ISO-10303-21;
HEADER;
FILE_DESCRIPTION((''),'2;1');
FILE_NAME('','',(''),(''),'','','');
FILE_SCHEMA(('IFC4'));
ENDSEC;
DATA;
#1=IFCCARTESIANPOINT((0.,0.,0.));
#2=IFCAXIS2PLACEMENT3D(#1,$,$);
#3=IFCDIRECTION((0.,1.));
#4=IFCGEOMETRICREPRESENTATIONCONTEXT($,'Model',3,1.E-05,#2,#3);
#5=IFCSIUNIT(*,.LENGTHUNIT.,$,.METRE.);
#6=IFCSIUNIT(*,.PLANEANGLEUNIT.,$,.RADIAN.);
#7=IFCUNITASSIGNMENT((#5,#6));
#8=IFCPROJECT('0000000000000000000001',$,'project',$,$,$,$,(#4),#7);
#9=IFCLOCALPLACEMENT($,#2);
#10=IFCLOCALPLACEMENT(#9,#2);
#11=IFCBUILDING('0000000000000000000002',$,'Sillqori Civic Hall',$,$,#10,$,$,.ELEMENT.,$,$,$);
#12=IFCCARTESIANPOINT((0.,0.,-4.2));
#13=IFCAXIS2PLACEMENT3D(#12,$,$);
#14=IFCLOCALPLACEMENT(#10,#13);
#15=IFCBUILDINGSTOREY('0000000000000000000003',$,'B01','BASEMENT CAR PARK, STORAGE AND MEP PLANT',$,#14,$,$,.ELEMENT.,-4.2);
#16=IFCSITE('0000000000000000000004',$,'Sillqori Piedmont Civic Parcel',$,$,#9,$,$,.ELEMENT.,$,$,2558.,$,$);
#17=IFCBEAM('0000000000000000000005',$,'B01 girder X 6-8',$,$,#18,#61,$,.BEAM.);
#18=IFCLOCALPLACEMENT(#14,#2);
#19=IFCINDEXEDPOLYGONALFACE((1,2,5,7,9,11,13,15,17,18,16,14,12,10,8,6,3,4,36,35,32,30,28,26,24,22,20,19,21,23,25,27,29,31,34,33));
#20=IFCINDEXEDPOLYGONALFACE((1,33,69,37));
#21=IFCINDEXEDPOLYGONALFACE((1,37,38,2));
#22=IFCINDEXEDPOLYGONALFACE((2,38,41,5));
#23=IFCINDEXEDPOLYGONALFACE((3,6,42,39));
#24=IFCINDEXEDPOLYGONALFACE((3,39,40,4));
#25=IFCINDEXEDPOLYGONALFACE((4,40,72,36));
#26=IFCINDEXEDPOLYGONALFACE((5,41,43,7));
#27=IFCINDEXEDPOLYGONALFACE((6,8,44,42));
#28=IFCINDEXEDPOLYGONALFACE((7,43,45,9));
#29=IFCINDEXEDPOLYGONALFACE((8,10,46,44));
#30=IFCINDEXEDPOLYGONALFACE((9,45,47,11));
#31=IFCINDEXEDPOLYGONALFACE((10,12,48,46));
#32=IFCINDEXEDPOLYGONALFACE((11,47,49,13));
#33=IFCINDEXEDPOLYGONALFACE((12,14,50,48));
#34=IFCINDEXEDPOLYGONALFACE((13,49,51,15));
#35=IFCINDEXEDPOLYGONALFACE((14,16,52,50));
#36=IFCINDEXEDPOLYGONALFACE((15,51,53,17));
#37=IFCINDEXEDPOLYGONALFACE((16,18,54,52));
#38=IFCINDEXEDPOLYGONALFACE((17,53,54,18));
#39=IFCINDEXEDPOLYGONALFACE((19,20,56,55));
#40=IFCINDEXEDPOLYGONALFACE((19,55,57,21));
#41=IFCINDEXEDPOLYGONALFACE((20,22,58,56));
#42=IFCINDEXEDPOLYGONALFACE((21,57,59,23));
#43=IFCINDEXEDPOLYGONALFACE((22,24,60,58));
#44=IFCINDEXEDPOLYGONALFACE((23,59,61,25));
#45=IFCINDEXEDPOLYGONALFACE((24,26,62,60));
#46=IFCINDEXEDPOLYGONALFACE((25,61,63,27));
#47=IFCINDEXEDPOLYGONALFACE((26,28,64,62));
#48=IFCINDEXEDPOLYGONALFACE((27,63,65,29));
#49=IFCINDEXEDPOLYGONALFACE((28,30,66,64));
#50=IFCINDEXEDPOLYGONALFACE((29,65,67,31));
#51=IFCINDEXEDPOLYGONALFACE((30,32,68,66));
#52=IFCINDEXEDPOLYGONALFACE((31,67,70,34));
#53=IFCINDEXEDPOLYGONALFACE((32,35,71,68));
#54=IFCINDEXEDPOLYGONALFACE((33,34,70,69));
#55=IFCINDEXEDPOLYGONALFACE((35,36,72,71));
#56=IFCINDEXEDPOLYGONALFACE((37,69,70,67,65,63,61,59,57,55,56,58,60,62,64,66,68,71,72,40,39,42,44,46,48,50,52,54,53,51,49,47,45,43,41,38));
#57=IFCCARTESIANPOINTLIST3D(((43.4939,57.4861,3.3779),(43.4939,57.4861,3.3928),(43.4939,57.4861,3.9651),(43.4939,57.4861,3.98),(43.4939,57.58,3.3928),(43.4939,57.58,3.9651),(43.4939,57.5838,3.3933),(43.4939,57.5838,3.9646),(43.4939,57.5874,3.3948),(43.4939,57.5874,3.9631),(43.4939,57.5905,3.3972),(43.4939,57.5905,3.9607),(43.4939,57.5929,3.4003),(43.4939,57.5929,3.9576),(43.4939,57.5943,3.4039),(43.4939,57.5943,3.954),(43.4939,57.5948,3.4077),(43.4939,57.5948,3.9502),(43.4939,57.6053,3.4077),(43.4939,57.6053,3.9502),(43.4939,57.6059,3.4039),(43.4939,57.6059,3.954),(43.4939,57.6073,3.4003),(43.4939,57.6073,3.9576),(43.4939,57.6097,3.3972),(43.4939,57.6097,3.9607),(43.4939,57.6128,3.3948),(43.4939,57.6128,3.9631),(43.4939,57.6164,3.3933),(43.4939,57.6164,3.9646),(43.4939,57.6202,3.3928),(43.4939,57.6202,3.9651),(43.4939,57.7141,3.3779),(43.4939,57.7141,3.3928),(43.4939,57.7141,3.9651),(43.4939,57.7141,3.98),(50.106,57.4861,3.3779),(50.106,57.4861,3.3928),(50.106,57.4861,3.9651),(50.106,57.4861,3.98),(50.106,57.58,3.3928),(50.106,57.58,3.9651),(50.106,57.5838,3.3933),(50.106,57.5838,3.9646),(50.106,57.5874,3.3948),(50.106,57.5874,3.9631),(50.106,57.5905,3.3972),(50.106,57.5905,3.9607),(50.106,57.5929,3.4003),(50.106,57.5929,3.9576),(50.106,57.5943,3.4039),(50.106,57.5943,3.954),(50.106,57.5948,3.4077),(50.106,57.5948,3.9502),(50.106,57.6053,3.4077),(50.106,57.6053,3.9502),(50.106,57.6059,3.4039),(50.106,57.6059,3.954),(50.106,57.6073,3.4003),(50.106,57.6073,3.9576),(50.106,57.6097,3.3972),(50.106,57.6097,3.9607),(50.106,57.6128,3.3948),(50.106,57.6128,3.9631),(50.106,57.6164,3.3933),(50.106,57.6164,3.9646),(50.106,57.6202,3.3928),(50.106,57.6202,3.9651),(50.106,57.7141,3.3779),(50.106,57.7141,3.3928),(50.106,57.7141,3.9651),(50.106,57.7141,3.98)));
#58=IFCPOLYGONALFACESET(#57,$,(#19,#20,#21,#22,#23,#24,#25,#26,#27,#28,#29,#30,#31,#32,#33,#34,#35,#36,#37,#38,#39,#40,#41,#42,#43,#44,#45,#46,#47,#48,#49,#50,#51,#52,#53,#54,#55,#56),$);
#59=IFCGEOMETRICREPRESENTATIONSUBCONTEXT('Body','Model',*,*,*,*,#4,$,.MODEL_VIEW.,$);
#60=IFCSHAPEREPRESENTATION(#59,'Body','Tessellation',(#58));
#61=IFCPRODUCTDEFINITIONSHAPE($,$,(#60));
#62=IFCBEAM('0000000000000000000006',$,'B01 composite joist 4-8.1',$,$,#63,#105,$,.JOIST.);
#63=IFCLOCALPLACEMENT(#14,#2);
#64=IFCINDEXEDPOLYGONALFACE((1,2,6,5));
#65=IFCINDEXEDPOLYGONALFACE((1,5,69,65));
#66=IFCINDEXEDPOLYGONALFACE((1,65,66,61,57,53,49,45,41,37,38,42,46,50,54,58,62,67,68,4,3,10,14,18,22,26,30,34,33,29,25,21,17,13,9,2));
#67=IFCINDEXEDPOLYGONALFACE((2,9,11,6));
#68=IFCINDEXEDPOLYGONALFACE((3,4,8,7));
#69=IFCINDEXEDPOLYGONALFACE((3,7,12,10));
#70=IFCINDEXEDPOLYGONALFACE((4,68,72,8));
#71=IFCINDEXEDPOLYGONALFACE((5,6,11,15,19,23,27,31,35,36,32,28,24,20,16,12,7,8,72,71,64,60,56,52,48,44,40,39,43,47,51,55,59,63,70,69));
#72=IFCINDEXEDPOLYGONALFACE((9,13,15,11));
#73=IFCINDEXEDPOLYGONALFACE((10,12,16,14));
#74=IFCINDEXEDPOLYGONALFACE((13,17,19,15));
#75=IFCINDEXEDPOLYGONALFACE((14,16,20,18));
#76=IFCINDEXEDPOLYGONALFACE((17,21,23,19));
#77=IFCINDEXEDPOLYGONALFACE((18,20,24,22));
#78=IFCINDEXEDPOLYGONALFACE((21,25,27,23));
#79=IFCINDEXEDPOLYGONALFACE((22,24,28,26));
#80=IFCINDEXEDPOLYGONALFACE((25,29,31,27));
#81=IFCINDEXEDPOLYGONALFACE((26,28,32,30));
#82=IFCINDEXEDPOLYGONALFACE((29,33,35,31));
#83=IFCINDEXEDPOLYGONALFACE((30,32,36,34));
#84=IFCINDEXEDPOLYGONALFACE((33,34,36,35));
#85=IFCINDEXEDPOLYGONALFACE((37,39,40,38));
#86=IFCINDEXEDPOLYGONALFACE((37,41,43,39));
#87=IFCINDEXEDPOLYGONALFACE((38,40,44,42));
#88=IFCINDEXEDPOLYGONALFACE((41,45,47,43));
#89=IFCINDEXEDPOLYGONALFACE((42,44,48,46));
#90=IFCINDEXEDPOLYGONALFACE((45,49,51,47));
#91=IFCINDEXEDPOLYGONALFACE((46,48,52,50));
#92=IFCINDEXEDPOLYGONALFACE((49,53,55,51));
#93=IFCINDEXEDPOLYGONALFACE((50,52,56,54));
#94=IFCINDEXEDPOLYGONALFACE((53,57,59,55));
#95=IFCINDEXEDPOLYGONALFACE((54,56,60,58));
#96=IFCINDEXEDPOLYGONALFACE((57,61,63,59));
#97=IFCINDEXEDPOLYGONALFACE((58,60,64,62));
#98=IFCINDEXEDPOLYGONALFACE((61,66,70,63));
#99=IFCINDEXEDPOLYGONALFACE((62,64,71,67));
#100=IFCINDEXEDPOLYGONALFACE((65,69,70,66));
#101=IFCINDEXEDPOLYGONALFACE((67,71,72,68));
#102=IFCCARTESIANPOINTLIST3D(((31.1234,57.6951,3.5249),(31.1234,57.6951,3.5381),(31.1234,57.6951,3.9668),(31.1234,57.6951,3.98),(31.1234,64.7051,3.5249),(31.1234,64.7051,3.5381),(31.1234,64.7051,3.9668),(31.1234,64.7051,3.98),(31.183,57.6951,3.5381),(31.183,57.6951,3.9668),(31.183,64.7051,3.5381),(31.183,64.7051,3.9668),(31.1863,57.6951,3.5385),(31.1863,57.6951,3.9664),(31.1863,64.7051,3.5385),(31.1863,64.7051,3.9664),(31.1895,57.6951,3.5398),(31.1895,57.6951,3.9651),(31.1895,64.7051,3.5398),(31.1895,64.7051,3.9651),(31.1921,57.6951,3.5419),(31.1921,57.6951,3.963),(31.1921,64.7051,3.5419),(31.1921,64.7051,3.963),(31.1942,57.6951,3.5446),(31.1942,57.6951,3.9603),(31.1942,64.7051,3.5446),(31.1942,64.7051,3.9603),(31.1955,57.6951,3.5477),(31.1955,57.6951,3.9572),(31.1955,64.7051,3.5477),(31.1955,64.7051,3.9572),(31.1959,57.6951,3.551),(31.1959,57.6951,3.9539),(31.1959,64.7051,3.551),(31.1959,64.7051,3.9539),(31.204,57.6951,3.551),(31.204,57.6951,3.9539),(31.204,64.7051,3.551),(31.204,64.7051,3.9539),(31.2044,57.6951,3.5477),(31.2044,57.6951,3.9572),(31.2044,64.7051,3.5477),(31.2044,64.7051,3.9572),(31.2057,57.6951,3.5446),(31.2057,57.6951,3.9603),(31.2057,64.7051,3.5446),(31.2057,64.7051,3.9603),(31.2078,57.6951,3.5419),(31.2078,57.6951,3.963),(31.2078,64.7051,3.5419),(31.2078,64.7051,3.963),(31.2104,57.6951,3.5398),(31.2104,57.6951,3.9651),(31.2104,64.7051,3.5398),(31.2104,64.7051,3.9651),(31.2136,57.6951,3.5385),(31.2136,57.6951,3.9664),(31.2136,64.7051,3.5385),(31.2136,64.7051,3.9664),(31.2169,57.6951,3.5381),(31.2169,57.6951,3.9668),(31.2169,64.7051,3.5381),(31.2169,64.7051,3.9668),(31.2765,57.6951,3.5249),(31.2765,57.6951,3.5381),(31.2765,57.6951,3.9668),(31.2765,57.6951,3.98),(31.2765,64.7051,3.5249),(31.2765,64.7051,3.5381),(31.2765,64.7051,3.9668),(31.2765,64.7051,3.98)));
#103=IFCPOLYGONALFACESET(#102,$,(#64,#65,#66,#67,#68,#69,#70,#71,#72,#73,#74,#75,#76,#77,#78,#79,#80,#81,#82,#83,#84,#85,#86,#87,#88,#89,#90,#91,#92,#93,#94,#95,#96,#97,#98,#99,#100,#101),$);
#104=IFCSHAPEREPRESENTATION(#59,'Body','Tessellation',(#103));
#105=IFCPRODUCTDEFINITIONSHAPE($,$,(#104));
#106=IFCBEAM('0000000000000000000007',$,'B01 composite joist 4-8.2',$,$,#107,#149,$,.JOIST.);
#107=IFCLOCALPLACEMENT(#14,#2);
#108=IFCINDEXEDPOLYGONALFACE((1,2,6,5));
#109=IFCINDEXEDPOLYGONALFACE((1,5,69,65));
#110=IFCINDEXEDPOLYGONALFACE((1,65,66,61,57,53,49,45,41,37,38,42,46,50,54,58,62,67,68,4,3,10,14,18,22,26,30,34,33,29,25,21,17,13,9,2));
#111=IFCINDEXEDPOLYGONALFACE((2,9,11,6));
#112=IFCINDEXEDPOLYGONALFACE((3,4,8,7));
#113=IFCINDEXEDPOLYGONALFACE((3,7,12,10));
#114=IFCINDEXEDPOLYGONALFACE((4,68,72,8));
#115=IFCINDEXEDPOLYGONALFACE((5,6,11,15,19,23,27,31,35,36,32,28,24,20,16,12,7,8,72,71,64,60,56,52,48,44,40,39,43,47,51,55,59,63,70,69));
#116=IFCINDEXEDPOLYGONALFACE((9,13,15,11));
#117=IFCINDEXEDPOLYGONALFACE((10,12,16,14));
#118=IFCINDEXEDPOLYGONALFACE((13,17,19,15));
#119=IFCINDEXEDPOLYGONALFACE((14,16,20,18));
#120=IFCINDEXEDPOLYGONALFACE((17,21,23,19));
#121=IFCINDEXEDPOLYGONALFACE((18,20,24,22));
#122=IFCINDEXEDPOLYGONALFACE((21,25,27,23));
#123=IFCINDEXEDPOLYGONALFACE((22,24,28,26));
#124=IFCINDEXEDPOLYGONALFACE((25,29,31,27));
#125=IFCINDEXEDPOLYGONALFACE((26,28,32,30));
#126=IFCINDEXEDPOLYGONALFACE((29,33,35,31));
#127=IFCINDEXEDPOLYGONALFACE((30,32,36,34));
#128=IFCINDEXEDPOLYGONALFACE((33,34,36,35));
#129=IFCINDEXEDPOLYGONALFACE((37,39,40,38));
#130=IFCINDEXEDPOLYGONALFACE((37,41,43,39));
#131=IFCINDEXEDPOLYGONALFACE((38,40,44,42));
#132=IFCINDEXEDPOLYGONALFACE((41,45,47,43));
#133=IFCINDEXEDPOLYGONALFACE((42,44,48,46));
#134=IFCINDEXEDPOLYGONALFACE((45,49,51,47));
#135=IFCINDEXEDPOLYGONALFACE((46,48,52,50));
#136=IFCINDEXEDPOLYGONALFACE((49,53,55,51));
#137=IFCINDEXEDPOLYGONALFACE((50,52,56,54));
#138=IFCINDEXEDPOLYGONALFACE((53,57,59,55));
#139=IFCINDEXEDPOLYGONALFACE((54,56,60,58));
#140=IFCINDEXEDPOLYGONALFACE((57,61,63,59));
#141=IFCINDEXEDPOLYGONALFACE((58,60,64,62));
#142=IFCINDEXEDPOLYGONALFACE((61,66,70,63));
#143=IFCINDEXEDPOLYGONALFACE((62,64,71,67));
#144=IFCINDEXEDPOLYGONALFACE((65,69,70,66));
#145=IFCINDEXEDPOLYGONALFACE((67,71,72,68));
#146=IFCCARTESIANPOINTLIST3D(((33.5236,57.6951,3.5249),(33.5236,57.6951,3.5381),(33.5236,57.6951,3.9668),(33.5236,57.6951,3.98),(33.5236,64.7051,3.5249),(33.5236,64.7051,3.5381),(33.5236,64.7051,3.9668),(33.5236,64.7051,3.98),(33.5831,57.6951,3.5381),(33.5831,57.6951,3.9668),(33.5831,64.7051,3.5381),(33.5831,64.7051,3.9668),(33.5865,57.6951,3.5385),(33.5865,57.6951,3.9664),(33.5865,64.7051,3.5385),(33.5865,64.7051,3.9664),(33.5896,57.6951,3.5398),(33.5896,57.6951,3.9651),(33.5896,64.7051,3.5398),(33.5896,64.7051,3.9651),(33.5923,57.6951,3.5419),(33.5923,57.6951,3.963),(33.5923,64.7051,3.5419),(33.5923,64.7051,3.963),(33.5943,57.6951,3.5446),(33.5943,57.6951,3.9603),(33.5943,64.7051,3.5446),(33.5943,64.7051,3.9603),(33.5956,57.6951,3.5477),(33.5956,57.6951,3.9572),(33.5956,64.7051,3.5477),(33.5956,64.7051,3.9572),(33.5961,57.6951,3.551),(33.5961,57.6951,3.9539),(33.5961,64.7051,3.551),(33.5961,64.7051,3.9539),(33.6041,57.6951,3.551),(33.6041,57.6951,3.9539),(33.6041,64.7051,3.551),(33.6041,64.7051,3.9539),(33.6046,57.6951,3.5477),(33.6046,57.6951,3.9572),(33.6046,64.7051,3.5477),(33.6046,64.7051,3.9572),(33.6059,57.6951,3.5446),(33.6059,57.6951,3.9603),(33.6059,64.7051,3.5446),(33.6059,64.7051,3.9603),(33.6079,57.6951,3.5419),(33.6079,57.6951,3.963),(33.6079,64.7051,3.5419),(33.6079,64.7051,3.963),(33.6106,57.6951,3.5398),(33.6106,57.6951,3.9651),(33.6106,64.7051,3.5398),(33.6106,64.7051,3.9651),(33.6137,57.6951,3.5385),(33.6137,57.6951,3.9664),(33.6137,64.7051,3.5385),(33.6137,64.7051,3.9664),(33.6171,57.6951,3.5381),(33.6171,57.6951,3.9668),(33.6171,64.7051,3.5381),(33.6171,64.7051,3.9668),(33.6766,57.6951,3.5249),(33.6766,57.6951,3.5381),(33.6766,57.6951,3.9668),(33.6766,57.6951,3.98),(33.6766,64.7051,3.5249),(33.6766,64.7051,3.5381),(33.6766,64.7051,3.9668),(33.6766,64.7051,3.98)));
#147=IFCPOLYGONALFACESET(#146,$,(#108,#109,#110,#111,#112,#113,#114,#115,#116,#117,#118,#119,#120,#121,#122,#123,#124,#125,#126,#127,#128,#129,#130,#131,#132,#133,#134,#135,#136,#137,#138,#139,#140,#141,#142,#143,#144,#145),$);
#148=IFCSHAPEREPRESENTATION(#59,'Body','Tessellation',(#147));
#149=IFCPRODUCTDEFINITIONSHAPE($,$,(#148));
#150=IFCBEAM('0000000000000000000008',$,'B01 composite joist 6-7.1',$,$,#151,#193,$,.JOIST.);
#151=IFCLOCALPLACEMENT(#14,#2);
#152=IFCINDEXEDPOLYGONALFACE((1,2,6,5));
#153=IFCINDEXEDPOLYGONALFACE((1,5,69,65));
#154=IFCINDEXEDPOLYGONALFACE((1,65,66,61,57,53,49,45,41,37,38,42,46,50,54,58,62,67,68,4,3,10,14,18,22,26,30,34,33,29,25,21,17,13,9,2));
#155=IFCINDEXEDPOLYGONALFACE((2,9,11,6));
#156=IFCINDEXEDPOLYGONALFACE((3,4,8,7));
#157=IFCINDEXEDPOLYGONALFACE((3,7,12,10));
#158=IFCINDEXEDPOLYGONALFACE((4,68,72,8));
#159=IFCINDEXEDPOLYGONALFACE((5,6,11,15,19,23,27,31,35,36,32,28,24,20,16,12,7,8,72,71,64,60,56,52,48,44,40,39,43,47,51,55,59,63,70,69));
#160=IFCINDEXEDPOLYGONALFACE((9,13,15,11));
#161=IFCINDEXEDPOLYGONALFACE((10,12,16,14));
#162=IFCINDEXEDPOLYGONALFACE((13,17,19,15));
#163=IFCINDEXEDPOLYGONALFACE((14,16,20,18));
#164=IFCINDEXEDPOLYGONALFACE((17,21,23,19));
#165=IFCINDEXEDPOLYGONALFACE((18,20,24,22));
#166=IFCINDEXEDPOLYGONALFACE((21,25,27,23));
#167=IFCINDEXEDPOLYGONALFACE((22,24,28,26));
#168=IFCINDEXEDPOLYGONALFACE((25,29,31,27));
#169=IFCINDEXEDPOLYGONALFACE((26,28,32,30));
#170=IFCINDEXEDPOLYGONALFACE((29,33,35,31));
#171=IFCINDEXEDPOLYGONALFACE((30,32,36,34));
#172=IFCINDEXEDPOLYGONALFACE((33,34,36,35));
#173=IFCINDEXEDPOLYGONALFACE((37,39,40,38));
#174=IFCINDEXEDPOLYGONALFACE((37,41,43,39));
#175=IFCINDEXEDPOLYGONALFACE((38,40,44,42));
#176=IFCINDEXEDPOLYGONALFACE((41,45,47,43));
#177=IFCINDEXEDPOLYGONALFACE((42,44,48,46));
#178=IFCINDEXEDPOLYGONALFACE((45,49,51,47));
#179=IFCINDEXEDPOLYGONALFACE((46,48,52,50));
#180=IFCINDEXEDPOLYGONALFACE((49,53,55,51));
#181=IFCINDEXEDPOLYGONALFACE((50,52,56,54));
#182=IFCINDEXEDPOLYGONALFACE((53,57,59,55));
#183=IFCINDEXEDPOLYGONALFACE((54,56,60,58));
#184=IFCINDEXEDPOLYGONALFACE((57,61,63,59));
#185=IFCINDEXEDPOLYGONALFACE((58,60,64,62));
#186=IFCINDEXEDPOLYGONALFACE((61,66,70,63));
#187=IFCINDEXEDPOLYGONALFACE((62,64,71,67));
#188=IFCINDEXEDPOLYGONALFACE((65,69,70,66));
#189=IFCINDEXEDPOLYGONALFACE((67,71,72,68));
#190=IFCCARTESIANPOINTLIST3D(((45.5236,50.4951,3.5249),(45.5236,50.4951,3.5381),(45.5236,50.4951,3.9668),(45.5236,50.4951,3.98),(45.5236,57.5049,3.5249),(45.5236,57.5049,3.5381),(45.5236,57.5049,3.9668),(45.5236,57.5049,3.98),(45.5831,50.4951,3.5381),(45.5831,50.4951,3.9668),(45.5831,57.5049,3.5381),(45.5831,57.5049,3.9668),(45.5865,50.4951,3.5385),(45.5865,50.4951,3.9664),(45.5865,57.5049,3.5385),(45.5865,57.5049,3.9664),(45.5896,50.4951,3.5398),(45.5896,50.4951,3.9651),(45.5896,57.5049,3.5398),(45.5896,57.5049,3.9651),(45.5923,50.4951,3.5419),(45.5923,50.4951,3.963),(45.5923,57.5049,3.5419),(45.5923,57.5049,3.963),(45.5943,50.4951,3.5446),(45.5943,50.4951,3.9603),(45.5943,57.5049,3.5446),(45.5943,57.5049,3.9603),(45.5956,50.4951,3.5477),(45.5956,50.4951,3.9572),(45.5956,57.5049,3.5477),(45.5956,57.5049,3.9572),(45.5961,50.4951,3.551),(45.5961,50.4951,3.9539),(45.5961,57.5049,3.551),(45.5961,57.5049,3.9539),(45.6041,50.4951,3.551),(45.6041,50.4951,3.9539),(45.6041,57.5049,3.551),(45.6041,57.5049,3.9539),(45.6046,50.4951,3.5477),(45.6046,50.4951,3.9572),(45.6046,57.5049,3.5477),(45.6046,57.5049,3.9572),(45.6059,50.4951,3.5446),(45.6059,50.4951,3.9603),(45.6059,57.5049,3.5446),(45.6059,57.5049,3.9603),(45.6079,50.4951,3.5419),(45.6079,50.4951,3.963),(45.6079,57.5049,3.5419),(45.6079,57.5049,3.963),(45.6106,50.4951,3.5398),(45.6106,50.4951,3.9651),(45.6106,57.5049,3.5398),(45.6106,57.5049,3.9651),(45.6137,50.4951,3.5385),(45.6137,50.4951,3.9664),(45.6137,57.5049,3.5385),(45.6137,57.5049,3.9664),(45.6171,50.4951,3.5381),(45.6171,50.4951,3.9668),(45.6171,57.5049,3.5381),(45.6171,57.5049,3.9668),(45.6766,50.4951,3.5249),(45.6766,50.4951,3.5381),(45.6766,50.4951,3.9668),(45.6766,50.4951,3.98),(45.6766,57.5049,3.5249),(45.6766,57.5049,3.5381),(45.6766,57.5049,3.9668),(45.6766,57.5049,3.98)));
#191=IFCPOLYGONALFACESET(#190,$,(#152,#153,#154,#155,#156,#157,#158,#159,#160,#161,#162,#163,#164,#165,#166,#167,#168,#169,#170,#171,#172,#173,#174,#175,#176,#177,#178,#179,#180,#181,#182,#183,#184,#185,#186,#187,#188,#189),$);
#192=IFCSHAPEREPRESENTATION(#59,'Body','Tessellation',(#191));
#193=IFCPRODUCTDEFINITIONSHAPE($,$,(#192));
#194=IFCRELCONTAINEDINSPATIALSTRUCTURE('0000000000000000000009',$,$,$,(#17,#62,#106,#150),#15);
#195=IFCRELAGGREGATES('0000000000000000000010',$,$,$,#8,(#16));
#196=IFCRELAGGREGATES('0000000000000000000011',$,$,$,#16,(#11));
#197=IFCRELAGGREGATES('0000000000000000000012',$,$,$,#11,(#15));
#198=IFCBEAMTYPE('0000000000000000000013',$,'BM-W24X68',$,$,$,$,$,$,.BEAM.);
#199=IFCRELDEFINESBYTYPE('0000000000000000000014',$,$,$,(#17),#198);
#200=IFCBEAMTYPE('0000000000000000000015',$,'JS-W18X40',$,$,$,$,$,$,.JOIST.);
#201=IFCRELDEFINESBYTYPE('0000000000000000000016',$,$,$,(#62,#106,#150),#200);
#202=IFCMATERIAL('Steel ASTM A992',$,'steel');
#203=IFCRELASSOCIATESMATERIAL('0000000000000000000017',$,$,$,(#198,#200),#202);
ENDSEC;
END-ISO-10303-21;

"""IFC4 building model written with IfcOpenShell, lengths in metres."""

from ifc_helpers import new_model, si_unit, direction, frame, origin, origin_2d, place, context, subcontext, project, spatial, i_section, extrude, material, material_profile, profile_set, type_object, element, save


model = new_model("IFC4")

# Units and contexts
model_context = context("Model", 3, precision=1e-05, world=origin(), true_north=direction((0.0, 1.0)))
body_context = subcontext(model_context, "Body", "Model", "MODEL_VIEW")
ifc_project = project(units=[si_unit("LENGTHUNIT", "METRE"), si_unit("PLANEANGLEUNIT", "RADIAN")], contexts=[model_context])

# Site, building, storey
site_placement = place(None, origin())
site = spatial("IfcSite", under=ifc_project, at=site_placement, Name="Sillqori Piedmont Civic Parcel", CompositionType="ELEMENT", RefElevation=2558.0)
building_placement = place(site_placement, origin())
building = spatial("IfcBuilding", under=site, at=building_placement, Name="Sillqori Civic Hall", CompositionType="ELEMENT")
storey_placement = place(building_placement, frame((0.0, 0.0, -4.2)))
storey = spatial("IfcBuildingStorey", under=building, at=storey_placement, Name="B01", Description="BASEMENT CAR PARK, STORAGE AND MEP PLANT", CompositionType="ELEMENT", Elevation=-4.2)

# Beams
ifc_material_1 = material(Name="Steel ASTM A992", Category="steel")
ifc_material_profile_1 = material_profile(ifc_material_1, i_section(OverallWidth=0.228, OverallDepth=0.6021, WebThickness=0.0105, FlangeThickness=0.0149, FilletRadius=0.0149, at=origin_2d()), Name="W24X68")
ifc_profile_set_1 = profile_set([ifc_material_profile_1], Name="Steel ASTM A992")
beam_type_1 = type_object("IfcBeamType", Name="BM-W24X68", PredefinedType="BEAM", material=ifc_profile_set_1)
beam_1_placement = place(storey_placement, frame((43.4939, 57.6001, 3.679), z_axis=(1.0, 0.0, 0.0), x_axis=(0.0, 1.0, 0.0)))
element("IfcBeam", 1, at=beam_1_placement, inside=storey, type_object=beam_type_1, Name="B01 girder X 6-8", PredefinedType="BEAM", context=body_context, shape_type="SweptSolid", body=[
    extrude(i_section(OverallWidth=0.228, OverallDepth=0.6021, WebThickness=0.0105, FlangeThickness=0.0149, FilletRadius=0.0149, at=origin_2d()), origin(), (0.0, 0.0, 1.0), 6.6121),
])
ifc_material_profile_2 = material_profile(ifc_material_1, i_section(OverallWidth=0.1531, OverallDepth=0.4551, WebThickness=0.0081, FlangeThickness=0.0132, FilletRadius=0.0129, at=origin_2d()), Name="W18X40")
ifc_profile_set_2 = profile_set([ifc_material_profile_2], Name="Steel ASTM A992")
beam_type_2 = type_object("IfcBeamType", Name="JS-W18X40", PredefinedType="JOIST", material=ifc_profile_set_2)
for number, where, z_axis, x_axis, name in (
    (2, (31.2, 57.6951, 3.7524), (0.0, 1.0, 0.0), (-1.0, 0.0, 0.0), "B01 composite joist 4-8.1"),
    (3, (33.6001, 57.6951, 3.7524), (0.0, 1.0, 0.0), (-1.0, 0.0, 0.0), "B01 composite joist 4-8.2"),
):
    element("IfcBeam", number, at=place(storey_placement, frame(where, z_axis=z_axis, x_axis=x_axis)), inside=storey, type_object=beam_type_2, Name=name, PredefinedType="JOIST", context=body_context, shape_type="SweptSolid", body=[
        extrude(i_section(OverallWidth=0.1531, OverallDepth=0.4551, WebThickness=0.0081, FlangeThickness=0.0132, FilletRadius=0.0129, at=origin_2d()), origin(), (0.0, 0.0, 1.0), 7.01),
    ])
beam_2_placement = place(storey_placement, frame((45.6001, 50.4951, 3.7524), z_axis=(0.0, 1.0, 0.0), x_axis=(-1.0, 0.0, 0.0)))
element("IfcBeam", 4, at=beam_2_placement, inside=storey, type_object=beam_type_2, Name="B01 composite joist 6-7.1", PredefinedType="JOIST", context=body_context, shape_type="SweptSolid", body=[
    extrude(i_section(OverallWidth=0.1531, OverallDepth=0.4551, WebThickness=0.0081, FlangeThickness=0.0132, FilletRadius=0.0129, at=origin_2d()), origin(), (0.0, 0.0, 1.0), 7.0098),
])

save(model, "model.ifc")
